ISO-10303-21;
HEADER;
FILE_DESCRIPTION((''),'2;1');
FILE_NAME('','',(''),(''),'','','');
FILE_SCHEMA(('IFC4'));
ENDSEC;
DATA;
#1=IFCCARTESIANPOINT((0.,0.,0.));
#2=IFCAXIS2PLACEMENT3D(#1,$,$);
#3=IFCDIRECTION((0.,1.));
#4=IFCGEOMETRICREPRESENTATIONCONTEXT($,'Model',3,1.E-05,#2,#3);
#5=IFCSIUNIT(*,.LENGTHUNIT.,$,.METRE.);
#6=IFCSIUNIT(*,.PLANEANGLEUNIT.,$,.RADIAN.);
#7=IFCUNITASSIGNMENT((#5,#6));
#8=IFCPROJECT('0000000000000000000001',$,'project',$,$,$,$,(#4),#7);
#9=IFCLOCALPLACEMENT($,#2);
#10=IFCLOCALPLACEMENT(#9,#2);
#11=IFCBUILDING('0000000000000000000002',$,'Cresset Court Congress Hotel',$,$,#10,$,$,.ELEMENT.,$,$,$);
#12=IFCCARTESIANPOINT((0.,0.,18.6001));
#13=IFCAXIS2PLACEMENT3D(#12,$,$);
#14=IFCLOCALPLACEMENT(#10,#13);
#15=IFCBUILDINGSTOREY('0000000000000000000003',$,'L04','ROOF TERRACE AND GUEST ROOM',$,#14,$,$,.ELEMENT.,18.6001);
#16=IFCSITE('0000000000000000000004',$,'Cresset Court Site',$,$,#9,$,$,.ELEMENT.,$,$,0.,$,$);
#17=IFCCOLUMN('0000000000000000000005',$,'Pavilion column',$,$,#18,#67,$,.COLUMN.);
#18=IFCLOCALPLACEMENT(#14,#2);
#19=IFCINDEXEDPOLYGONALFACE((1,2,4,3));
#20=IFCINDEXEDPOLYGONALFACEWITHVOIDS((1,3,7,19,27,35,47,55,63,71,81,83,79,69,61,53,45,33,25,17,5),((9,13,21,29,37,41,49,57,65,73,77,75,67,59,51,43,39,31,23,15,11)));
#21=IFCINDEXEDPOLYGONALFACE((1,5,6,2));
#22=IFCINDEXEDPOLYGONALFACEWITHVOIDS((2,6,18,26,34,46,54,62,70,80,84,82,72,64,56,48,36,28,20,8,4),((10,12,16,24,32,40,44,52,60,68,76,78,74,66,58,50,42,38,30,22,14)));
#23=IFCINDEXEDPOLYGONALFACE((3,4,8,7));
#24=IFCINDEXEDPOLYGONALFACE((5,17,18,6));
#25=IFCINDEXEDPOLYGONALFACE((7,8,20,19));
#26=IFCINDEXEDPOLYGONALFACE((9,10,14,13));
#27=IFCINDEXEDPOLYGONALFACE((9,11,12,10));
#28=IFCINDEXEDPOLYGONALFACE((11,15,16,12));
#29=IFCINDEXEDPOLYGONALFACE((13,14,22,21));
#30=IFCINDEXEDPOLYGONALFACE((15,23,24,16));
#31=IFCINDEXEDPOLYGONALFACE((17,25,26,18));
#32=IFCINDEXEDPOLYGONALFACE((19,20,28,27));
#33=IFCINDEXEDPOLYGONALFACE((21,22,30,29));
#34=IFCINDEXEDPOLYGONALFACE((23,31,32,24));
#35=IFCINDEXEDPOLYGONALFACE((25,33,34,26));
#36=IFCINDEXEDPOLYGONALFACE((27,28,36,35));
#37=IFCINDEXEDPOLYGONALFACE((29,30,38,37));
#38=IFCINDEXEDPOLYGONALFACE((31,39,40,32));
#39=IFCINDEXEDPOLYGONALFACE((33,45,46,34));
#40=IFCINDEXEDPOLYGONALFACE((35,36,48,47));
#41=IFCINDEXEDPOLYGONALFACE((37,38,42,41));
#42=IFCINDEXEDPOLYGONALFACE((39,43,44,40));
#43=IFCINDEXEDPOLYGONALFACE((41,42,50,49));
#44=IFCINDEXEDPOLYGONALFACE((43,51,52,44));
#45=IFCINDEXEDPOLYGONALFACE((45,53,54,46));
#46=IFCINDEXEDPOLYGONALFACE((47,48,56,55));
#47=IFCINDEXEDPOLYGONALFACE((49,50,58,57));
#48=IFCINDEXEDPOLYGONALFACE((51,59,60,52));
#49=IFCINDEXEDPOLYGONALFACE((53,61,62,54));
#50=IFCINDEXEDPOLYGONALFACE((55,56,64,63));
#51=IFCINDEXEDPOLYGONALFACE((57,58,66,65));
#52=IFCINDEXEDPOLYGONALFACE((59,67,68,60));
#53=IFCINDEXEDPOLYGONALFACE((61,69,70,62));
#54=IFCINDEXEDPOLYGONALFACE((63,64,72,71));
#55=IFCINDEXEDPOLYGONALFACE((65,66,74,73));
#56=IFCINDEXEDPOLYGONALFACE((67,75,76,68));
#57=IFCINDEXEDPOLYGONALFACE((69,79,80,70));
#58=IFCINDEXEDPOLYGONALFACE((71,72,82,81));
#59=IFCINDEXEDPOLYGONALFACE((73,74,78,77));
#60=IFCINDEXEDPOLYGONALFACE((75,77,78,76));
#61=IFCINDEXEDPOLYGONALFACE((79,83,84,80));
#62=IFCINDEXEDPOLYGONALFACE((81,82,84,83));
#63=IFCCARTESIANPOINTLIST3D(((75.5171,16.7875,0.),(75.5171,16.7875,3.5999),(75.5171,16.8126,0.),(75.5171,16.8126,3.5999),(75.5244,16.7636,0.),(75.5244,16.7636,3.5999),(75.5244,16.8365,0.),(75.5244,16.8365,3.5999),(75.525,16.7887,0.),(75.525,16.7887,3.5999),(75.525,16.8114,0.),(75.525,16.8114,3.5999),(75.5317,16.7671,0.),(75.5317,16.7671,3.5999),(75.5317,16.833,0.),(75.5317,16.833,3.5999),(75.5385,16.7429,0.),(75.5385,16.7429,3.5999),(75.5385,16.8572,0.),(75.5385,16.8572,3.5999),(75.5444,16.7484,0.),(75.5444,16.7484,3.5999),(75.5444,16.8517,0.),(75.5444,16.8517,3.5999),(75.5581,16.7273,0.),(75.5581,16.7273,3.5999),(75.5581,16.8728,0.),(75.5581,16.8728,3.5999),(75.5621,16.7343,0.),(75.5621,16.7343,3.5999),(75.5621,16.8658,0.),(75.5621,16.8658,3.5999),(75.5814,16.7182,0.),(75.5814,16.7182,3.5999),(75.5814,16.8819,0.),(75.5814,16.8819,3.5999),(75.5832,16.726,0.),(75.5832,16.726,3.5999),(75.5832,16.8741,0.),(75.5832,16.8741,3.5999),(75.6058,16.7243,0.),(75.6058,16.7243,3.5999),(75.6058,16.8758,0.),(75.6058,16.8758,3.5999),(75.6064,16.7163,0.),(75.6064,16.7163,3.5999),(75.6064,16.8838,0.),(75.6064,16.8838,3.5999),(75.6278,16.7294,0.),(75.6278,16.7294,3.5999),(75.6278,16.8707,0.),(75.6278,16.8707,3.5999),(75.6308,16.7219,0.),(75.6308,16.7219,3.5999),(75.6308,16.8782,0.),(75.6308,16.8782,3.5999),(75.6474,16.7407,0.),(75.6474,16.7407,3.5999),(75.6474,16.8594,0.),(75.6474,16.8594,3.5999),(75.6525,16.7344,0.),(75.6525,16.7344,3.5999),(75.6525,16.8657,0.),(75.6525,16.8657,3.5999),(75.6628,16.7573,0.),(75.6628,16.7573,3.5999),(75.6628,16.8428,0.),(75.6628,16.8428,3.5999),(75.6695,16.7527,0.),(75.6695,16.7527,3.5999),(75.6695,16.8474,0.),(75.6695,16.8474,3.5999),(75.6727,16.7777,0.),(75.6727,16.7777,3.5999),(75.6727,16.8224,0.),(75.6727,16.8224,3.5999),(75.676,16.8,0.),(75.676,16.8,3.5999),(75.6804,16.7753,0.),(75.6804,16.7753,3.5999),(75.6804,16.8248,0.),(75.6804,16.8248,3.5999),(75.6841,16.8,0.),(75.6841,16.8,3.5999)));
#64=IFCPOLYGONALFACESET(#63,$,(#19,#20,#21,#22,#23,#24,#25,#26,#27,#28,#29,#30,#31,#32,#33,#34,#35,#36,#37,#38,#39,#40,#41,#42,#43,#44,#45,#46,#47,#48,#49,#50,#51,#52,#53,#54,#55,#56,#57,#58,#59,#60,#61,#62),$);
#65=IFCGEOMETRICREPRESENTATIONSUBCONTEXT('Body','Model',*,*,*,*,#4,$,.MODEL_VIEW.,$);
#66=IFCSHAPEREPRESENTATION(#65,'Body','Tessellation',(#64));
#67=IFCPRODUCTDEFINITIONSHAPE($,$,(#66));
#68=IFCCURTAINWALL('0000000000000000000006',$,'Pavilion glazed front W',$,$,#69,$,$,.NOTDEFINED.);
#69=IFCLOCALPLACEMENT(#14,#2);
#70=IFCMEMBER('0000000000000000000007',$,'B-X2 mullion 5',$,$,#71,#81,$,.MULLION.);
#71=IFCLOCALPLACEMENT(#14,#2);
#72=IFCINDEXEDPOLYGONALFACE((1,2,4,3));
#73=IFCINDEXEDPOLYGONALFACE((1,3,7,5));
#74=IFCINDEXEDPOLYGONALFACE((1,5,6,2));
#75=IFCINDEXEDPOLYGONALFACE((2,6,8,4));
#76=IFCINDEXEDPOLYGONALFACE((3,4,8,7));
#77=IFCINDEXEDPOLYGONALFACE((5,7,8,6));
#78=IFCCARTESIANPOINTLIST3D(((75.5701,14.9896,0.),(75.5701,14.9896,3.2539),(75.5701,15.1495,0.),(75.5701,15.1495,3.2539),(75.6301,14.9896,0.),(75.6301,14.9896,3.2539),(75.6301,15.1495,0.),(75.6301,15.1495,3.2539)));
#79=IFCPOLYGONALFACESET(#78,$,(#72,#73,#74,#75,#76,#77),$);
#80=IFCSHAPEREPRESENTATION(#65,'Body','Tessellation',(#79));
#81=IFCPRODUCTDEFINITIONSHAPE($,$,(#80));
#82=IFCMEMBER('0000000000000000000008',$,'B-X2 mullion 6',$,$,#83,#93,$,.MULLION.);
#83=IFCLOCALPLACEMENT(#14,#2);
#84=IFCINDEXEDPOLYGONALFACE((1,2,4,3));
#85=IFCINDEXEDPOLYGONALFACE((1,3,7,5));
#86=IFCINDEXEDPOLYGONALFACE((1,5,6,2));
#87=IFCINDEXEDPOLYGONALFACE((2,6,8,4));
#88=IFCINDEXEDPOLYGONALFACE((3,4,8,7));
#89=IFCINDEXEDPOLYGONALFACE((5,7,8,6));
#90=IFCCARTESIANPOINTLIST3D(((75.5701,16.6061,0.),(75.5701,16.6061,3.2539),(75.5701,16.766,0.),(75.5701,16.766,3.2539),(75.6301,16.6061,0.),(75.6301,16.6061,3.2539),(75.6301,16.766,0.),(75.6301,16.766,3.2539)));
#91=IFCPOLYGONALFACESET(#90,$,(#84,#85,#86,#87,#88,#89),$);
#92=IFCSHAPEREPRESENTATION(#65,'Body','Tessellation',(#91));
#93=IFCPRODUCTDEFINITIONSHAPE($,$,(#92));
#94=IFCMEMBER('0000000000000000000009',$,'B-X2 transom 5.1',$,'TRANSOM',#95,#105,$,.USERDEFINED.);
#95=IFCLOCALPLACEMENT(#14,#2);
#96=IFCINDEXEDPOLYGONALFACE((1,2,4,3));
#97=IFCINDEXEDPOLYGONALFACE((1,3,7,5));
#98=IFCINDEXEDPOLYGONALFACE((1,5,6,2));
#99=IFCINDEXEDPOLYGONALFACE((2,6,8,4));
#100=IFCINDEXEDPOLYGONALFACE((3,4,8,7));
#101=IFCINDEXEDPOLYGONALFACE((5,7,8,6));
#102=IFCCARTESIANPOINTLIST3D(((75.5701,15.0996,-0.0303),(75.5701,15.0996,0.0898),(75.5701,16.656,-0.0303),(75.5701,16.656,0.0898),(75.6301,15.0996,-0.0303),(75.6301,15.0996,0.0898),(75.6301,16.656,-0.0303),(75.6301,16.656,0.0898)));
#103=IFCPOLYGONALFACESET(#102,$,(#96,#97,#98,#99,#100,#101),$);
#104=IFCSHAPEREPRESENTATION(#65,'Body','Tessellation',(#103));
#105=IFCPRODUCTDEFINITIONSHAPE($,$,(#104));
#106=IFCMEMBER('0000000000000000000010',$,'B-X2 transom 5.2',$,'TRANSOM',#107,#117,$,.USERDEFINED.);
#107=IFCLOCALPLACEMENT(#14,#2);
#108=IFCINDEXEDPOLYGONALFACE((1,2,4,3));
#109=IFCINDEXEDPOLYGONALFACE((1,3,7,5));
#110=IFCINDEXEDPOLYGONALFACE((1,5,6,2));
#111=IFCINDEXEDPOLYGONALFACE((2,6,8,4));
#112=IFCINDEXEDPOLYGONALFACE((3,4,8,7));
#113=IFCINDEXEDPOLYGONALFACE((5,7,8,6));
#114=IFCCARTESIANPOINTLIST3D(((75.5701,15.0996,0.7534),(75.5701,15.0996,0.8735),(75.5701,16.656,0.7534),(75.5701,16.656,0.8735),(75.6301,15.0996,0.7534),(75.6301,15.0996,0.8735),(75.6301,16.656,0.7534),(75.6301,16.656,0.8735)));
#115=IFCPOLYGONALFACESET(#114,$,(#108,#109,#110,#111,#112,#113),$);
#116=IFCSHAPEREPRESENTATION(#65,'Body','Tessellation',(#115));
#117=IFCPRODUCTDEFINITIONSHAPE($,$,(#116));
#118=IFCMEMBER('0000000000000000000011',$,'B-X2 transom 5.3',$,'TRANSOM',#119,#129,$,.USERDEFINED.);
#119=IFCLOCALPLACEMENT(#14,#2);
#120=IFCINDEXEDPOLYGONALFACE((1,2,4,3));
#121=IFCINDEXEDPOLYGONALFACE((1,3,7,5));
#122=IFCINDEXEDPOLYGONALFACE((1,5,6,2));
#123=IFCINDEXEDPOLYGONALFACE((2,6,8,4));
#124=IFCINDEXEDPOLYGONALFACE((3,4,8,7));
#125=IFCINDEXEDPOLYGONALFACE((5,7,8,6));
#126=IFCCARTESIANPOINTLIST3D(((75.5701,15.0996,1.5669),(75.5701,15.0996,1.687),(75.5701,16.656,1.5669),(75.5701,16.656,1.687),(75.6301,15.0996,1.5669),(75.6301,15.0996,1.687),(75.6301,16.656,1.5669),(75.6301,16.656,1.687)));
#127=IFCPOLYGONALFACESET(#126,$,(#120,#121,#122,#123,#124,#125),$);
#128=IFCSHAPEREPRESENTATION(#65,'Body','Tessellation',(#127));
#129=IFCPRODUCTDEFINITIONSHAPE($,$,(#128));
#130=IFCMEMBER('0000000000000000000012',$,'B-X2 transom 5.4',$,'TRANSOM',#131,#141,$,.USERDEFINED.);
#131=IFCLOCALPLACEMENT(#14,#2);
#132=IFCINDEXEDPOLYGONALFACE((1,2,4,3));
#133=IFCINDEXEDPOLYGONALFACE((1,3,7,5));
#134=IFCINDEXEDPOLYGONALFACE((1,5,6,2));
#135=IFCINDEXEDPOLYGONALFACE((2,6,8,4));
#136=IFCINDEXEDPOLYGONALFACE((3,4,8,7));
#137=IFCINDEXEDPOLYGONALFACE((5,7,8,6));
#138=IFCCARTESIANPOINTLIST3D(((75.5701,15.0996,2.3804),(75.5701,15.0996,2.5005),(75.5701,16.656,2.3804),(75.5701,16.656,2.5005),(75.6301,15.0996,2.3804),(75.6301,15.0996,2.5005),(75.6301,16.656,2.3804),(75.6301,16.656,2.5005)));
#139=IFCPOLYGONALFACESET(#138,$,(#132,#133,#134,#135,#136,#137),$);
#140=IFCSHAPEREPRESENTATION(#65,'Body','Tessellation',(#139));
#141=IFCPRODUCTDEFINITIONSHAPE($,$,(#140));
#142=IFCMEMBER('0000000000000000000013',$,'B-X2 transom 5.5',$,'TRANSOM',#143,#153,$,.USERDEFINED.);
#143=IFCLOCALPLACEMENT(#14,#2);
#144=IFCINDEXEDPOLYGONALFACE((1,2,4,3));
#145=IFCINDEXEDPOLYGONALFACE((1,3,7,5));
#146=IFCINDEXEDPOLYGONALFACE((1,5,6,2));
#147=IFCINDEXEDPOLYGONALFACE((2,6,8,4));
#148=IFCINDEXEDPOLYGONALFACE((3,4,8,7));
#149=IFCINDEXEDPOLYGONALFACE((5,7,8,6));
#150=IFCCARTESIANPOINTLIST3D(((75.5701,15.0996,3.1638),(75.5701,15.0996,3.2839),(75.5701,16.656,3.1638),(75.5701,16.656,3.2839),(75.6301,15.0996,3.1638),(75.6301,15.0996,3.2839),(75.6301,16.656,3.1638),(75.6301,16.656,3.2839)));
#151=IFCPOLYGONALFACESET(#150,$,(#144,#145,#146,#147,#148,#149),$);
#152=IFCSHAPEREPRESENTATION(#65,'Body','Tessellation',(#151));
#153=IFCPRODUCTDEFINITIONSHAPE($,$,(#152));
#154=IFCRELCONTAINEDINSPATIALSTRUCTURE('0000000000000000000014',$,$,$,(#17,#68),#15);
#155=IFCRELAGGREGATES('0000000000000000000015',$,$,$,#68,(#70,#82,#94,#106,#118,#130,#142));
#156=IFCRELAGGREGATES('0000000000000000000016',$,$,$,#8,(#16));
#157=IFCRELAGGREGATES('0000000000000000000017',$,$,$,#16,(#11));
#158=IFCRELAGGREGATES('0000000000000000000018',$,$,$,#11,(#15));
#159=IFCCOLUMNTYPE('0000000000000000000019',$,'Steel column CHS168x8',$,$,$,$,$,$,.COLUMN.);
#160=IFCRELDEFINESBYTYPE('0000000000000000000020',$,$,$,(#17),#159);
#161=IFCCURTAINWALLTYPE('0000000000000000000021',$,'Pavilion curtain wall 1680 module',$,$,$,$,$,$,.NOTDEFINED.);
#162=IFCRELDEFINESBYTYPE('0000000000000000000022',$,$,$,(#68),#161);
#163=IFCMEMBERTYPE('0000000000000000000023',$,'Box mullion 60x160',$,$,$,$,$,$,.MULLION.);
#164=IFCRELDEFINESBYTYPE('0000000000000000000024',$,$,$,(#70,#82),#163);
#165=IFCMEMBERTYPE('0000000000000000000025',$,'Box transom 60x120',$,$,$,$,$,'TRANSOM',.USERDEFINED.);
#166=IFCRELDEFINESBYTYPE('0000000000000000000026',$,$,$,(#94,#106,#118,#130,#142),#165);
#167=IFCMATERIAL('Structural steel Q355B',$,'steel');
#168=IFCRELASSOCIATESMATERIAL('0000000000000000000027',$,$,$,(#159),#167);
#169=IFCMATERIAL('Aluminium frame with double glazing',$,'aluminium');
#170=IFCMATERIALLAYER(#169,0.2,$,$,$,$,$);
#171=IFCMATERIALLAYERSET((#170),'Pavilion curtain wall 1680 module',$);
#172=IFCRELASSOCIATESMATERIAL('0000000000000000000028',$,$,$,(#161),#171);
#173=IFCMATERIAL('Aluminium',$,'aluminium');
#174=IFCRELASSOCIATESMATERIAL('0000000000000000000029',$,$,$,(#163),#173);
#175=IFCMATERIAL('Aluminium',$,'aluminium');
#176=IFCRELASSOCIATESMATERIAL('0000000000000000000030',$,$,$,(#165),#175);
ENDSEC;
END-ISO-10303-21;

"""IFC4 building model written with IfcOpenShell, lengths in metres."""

from ifc_helpers import new_model, si_unit, direction, frame, origin, origin_2d, place, context, subcontext, project, spatial, rectangle, hollow_circle, extrude, material, layer, layer_set, material_profile, profile_set, type_object, element, aggregate, save


model = new_model("IFC4")

# Units and contexts
model_context = context("Model", 3, precision=1e-05, world=origin(), true_north=direction((0.0, 1.0)))
body_context = subcontext(model_context, "Body", "Model", "MODEL_VIEW")
ifc_project = project(units=[si_unit("LENGTHUNIT", "METRE"), si_unit("PLANEANGLEUNIT", "RADIAN")], contexts=[model_context])

# Site, building, storey
site_placement = place(None, origin())
site = spatial("IfcSite", under=ifc_project, at=site_placement, Name="Cresset Court Site", CompositionType="ELEMENT", RefElevation=0.0)
building_placement = place(site_placement, origin())
building = spatial("IfcBuilding", under=site, at=building_placement, Name="Cresset Court Congress Hotel", CompositionType="ELEMENT")
storey_placement = place(building_placement, frame((0.0, 0.0, 18.6001)))
storey = spatial("IfcBuildingStorey", under=building, at=storey_placement, Name="L04", Description="ROOF TERRACE AND GUEST ROOM", CompositionType="ELEMENT", Elevation=18.6001)

# Column
ifc_material_1 = material(Name="Structural steel Q355B", Category="steel")
ifc_material_profile_1 = material_profile(ifc_material_1, hollow_circle(Radius=0.084, WallThickness=0.0081, at=origin_2d()), Name="CHS168x8")
ifc_profile_set_1 = profile_set([ifc_material_profile_1], Name="Structural steel Q355B")
column_type = type_object("IfcColumnType", Name="Steel column CHS168x8", PredefinedType="COLUMN", material=ifc_profile_set_1)
column_placement = place(storey_placement, frame((75.6001, 16.8, 0.0), z_axis=(0.0, 0.0, 1.0), x_axis=(1.0, 0.0, 0.0)))
element("IfcColumn", 1, at=column_placement, inside=storey, type_object=column_type, Name="Pavilion column", PredefinedType="COLUMN", context=body_context, shape_type="SweptSolid", body=[
    extrude(hollow_circle(Radius=0.084, WallThickness=0.0081, at=origin_2d()), origin(), (0.0, 0.0, 1.0), 3.5999),
])

# Curtain wall, members
ifc_material_2 = material(Name="Aluminium frame with double glazing", Category="aluminium")
ifc_layer_1 = layer(ifc_material_2, 0.2)
ifc_layer_set_1 = layer_set([ifc_layer_1], Name="Pavilion curtain wall 1680 module")
curtain_wall_type = type_object("IfcCurtainWallType", Name="Pavilion curtain wall 1680 module", PredefinedType="NOTDEFINED", material=ifc_layer_set_1)
curtain_wall_placement = place(storey_placement, origin())
curtain_wall = element("IfcCurtainWall", 2, at=curtain_wall_placement, inside=storey, type_object=curtain_wall_type, Name="Pavilion glazed front W", PredefinedType="NOTDEFINED")
ifc_material_3 = material(Name="Aluminium", Category="aluminium")
ifc_material_profile_2 = material_profile(ifc_material_3, rectangle(XDim=0.0601, YDim=0.1599, at=origin_2d()), Name="Box mullion 60x160")
ifc_profile_set_2 = profile_set([ifc_material_profile_2], Name="Aluminium")
member_type_1 = type_object("IfcMemberType", Name="Box mullion 60x160", PredefinedType="MULLION", material=ifc_profile_set_2)
member_1_placement = place(storey_placement, frame((75.6001, 15.0696, 0.0), z_axis=(0.0, 0.0, 1.0), x_axis=(-1.0, 0.0, 0.0)))
member_1 = element("IfcMember", 3, at=member_1_placement, type_object=member_type_1, Name="B-X2 mullion 5", PredefinedType="MULLION", context=body_context, shape_type="SweptSolid", body=[
    extrude(rectangle(XDim=0.0601, YDim=0.1599, at=origin_2d()), origin(), (0.0, 0.0, 1.0), 3.2539),
])
member_2_placement = place(storey_placement, frame((75.6001, 16.686, 0.0), z_axis=(0.0, 0.0, 1.0), x_axis=(-1.0, 0.0, 0.0)))
member_2 = element("IfcMember", 4, at=member_2_placement, type_object=member_type_1, Name="B-X2 mullion 6", PredefinedType="MULLION", context=body_context, shape_type="SweptSolid", body=[
    extrude(rectangle(XDim=0.0601, YDim=0.1599, at=origin_2d()), origin(), (0.0, 0.0, 1.0), 3.2539),
])
ifc_material_4 = material(Name="Aluminium", Category="aluminium")
ifc_material_profile_3 = material_profile(ifc_material_4, rectangle(XDim=0.0601, YDim=0.1201, at=origin_2d()), Name="Box transom 60x120")
ifc_profile_set_3 = profile_set([ifc_material_profile_3], Name="Aluminium")
member_type_2 = type_object("IfcMemberType", Name="Box transom 60x120", ElementType="TRANSOM", PredefinedType="USERDEFINED", material=ifc_profile_set_3)
member_3_placement = place(storey_placement, frame((75.6001, 15.0996, 0.0298), z_axis=(0.0, 1.0, 0.0), x_axis=(-1.0, 0.0, 0.0)))
member_3 = element("IfcMember", 5, at=member_3_placement, type_object=member_type_2, Name="B-X2 transom 5.1", ObjectType="TRANSOM", PredefinedType="USERDEFINED", context=body_context, shape_type="SweptSolid", body=[
    extrude(rectangle(XDim=0.0601, YDim=0.1201, at=origin_2d()), origin(), (0.0, 0.0, 1.0), 1.5564),
])
member_4_placement = place(storey_placement, frame((75.6001, 15.0996, 0.8135), z_axis=(0.0, 1.0, 0.0), x_axis=(-1.0, 0.0, 0.0)))
member_4 = element("IfcMember", 6, at=member_4_placement, type_object=member_type_2, Name="B-X2 transom 5.2", ObjectType="TRANSOM", PredefinedType="USERDEFINED", context=body_context, shape_type="SweptSolid", body=[
    extrude(rectangle(XDim=0.0601, YDim=0.1201, at=origin_2d()), origin(), (0.0, 0.0, 1.0), 1.5564),
])
member_5_placement = place(storey_placement, frame((75.6001, 15.0996, 1.627), z_axis=(0.0, 1.0, 0.0), x_axis=(-1.0, 0.0, 0.0)))
member_5 = element("IfcMember", 7, at=member_5_placement, type_object=member_type_2, Name="B-X2 transom 5.3", ObjectType="TRANSOM", PredefinedType="USERDEFINED", context=body_context, shape_type="SweptSolid", body=[
    extrude(rectangle(XDim=0.0601, YDim=0.1201, at=origin_2d()), origin(), (0.0, 0.0, 1.0), 1.5564),
])
member_6_placement = place(storey_placement, frame((75.6001, 15.0996, 2.4404), z_axis=(0.0, 1.0, 0.0), x_axis=(-1.0, 0.0, 0.0)))
member_6 = element("IfcMember", 8, at=member_6_placement, type_object=member_type_2, Name="B-X2 transom 5.4", ObjectType="TRANSOM", PredefinedType="USERDEFINED", context=body_context, shape_type="SweptSolid", body=[
    extrude(rectangle(XDim=0.0601, YDim=0.1201, at=origin_2d()), origin(), (0.0, 0.0, 1.0), 1.5564),
])
member_7_placement = place(storey_placement, frame((75.6001, 15.0996, 3.2239), z_axis=(0.0, 1.0, 0.0), x_axis=(-1.0, 0.0, 0.0)))
member_7 = element("IfcMember", 9, at=member_7_placement, type_object=member_type_2, Name="B-X2 transom 5.5", ObjectType="TRANSOM", PredefinedType="USERDEFINED", context=body_context, shape_type="SweptSolid", body=[
    extrude(rectangle(XDim=0.0601, YDim=0.1201, at=origin_2d()), origin(), (0.0, 0.0, 1.0), 1.5564),
])

aggregate(curtain_wall, [member_1, member_2, member_3, member_4, member_5, member_6, member_7])

save(model, "model.ifc")
